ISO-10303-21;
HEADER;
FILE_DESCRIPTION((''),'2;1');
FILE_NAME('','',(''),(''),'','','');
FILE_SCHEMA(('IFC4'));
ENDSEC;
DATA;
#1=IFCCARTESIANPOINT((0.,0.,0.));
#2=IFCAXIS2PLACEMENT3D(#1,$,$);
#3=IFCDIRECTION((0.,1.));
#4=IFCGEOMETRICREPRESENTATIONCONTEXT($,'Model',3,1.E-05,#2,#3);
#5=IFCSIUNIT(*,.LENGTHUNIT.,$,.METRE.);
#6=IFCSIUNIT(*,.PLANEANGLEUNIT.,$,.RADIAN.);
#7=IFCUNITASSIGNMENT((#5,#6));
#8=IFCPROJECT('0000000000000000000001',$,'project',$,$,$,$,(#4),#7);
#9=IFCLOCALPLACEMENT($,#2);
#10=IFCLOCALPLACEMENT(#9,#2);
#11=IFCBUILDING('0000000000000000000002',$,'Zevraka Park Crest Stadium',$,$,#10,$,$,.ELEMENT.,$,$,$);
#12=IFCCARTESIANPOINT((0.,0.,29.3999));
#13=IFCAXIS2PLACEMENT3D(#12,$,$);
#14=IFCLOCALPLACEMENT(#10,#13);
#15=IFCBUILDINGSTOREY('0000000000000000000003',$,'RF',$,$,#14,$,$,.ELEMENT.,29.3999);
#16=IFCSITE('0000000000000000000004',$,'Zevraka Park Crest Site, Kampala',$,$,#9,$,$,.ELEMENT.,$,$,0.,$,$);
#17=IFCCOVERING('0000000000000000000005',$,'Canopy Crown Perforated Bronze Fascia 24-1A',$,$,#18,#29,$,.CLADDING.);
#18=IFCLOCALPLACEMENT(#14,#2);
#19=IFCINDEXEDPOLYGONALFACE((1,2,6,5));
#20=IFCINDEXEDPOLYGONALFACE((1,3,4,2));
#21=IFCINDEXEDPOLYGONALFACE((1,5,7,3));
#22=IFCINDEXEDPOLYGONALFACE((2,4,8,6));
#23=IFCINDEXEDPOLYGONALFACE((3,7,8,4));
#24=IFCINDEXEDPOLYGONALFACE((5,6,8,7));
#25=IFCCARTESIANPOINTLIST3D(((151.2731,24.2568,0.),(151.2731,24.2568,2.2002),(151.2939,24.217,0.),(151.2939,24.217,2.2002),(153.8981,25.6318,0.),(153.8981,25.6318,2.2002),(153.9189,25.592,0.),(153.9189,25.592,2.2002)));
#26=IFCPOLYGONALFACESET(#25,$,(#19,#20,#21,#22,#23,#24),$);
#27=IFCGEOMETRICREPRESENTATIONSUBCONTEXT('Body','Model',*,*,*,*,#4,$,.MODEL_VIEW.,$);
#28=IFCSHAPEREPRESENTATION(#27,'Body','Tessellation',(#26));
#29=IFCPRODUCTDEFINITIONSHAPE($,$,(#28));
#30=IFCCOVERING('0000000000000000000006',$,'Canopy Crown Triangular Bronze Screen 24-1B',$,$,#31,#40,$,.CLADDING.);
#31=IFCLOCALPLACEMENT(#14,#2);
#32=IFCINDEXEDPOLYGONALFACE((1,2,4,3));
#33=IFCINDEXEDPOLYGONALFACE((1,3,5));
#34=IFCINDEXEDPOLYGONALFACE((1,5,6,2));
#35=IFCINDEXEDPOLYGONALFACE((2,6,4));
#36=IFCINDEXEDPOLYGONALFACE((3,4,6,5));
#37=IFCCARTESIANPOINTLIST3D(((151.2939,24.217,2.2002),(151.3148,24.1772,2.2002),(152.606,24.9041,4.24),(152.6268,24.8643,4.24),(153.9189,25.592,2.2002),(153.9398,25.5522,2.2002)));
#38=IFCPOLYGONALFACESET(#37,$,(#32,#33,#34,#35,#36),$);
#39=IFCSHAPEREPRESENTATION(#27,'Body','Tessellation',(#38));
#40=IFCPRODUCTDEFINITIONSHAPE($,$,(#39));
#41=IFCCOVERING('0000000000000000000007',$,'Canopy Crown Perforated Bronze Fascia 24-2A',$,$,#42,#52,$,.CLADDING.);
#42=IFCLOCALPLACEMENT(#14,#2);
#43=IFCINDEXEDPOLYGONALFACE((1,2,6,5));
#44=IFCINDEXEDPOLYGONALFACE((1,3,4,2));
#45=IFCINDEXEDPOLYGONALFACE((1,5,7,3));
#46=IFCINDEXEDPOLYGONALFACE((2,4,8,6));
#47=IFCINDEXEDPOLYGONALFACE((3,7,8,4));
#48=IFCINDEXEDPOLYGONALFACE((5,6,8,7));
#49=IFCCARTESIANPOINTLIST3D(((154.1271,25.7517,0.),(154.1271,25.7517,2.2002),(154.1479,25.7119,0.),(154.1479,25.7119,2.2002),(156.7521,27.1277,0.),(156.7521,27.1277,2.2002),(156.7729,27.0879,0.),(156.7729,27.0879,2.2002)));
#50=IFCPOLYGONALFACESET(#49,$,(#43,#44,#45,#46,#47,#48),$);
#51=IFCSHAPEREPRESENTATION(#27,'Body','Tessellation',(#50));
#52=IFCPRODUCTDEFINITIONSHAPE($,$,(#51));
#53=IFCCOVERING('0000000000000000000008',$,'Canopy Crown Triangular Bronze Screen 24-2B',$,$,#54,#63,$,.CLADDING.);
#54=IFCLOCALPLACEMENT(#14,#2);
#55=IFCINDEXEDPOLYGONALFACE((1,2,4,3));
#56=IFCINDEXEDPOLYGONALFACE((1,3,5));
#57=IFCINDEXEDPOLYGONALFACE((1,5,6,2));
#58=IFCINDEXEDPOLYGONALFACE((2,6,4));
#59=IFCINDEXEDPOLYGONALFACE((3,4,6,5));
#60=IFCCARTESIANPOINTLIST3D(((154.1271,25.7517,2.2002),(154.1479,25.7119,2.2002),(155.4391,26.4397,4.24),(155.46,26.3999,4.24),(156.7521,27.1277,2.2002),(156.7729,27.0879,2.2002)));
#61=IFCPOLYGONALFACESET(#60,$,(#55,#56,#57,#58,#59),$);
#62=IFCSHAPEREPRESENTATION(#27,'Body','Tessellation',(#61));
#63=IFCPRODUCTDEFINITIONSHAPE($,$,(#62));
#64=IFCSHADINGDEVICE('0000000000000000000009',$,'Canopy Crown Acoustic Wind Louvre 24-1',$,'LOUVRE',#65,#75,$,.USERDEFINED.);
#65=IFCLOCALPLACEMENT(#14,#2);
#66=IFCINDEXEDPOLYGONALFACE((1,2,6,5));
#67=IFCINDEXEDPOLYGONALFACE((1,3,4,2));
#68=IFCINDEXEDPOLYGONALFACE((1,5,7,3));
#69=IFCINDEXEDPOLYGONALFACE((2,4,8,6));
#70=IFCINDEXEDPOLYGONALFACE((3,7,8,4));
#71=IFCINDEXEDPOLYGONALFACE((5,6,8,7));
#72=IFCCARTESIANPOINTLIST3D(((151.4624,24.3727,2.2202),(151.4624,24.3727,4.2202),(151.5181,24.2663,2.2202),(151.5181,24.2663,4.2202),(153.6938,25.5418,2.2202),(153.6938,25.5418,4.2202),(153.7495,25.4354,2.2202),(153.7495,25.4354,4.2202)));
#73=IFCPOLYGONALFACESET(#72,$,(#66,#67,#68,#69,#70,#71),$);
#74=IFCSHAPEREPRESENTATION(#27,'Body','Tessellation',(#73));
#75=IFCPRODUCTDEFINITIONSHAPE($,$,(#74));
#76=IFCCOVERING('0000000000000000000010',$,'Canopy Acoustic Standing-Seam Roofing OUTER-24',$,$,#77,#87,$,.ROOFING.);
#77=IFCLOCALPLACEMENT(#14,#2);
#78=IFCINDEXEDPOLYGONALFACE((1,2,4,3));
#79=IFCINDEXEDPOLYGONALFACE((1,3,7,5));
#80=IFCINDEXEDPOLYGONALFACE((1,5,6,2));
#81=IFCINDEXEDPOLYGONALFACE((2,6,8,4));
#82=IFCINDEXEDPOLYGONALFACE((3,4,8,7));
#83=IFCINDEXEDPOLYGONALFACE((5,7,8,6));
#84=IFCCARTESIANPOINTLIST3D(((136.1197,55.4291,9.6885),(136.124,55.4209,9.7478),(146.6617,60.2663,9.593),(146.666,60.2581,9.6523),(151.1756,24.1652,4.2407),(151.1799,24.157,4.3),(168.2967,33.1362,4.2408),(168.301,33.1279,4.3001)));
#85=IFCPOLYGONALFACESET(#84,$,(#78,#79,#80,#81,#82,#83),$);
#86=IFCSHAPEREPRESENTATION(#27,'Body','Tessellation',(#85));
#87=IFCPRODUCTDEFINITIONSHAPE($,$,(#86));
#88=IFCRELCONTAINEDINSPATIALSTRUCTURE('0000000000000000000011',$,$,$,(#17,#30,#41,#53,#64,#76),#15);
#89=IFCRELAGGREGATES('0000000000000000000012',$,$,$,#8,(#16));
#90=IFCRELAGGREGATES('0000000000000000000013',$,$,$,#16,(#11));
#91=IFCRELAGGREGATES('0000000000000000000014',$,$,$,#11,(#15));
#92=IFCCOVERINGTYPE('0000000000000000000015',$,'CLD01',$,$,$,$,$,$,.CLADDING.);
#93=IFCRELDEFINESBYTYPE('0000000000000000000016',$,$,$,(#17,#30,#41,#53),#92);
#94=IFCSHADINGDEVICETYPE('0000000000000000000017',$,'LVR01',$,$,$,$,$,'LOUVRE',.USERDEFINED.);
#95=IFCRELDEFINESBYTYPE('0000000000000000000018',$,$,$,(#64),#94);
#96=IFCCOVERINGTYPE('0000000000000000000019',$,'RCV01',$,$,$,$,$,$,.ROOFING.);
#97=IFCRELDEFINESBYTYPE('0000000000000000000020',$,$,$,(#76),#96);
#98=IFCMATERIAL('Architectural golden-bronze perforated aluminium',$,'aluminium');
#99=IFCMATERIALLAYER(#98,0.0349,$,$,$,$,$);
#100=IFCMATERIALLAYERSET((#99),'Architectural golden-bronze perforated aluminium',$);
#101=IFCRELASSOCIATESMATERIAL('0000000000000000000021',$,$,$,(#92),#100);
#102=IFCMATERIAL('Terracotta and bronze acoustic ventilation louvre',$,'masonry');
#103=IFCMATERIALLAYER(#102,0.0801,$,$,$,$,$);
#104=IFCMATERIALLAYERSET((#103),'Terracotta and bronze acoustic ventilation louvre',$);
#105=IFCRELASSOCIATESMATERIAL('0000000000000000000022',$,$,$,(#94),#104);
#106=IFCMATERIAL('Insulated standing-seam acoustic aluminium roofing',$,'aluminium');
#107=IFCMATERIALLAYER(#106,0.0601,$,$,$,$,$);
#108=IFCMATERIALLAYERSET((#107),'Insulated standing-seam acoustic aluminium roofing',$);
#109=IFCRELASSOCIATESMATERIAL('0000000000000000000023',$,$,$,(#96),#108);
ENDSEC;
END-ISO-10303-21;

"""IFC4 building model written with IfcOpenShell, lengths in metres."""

from ifc_helpers import new_model, si_unit, direction, frame, origin, origin_2d, place, context, subcontext, project, spatial, polyline, rectangle, outline, extrude, material, layer, layer_set, type_object, element, save


model = new_model("IFC4")

# Units and contexts
model_context = context("Model", 3, precision=1e-05, world=origin(), true_north=direction((0.0, 1.0)))
body_context = subcontext(model_context, "Body", "Model", "MODEL_VIEW")
ifc_project = project(units=[si_unit("LENGTHUNIT", "METRE"), si_unit("PLANEANGLEUNIT", "RADIAN")], contexts=[model_context])

# Site, building, storey
site_placement = place(None, origin())
site = spatial("IfcSite", under=ifc_project, at=site_placement, Name="Zevraka Park Crest Site, Kampala", CompositionType="ELEMENT", RefElevation=0.0)
building_placement = place(site_placement, origin())
building = spatial("IfcBuilding", under=site, at=building_placement, Name="Zevraka Park Crest Stadium", CompositionType="ELEMENT")
storey_placement = place(building_placement, frame((0.0, 0.0, 29.3999)))
storey = spatial("IfcBuildingStorey", under=building, at=storey_placement, Name="RF", CompositionType="ELEMENT", Elevation=29.3999)

# Coverings
ifc_material_1 = material(Name="Architectural golden-bronze perforated aluminium", Category="aluminium")
ifc_layer_1 = layer(ifc_material_1, 0.0349)
ifc_layer_set_1 = layer_set([ifc_layer_1], Name="Architectural golden-bronze perforated aluminium")
covering_type_1 = type_object("IfcCoveringType", Name="CLD01", PredefinedType="CLADDING", material=ifc_layer_set_1)
covering_1_placement = place(storey_placement, frame((151.2939, 24.217, 0.0), z_axis=(0.464007, -0.885832, 0.0), x_axis=(0.885832, 0.464007, 0.0)))
element("IfcCovering", 1, at=covering_1_placement, inside=storey, type_object=covering_type_1, Name="Canopy Crown Perforated Bronze Fascia 24-1A", PredefinedType="CLADDING", context=body_context, shape_type="SweptSolid", body=[
    extrude(outline(polyline([(0.0, 0.0), (2.9633, 0.0), (2.9633, 2.2002), (0.0, 2.2002), (0.0, 0.0)])), origin(), (0.0, 0.0, -1.0), 0.0449),
])
covering_2_placement = place(storey_placement, frame((151.2939, 24.217, 2.2002), z_axis=(-0.464007, 0.885832, 0.000101), x_axis=(0.885832, 0.464007, 0.0)))
element("IfcCovering", 2, at=covering_2_placement, inside=storey, type_object=covering_type_1, Name="Canopy Crown Triangular Bronze Screen 24-1B", PredefinedType="CLADDING", context=body_context, shape_type="SweptSolid", body=[
    extrude(outline(polyline([(0.0, 0.0), (2.9633, 0.0), (1.481, -2.0398), (0.0, 0.0)])), origin(), (0.0, 0.0, -1.0), 0.0449),
])
covering_3_placement = place(storey_placement, frame((154.1479, 25.7119, 0.0), z_axis=(0.464266, -0.885696, 0.0), x_axis=(0.885696, 0.464266, 0.0)))
element("IfcCovering", 3, at=covering_3_placement, inside=storey, type_object=covering_type_1, Name="Canopy Crown Perforated Bronze Fascia 24-2A", PredefinedType="CLADDING", context=body_context, shape_type="SweptSolid", body=[
    extrude(outline(polyline([(0.0, 0.0), (2.9638, 0.0), (2.9638, 2.2002), (0.0, 2.2002), (0.0, 0.0)])), origin(), (0.0, 0.0, -1.0), 0.0449),
])
covering_4_placement = place(storey_placement, frame((154.1479, 25.7119, 2.2002), z_axis=(0.464266, -0.885696, 0.000111), x_axis=(0.885696, 0.464266, 0.0)))
element("IfcCovering", 4, at=covering_4_placement, inside=storey, type_object=covering_type_1, Name="Canopy Crown Triangular Bronze Screen 24-2B", PredefinedType="CLADDING", context=body_context, shape_type="SweptSolid", body=[
    extrude(outline(polyline([(0.0, 0.0), (2.9638, 0.0), (1.4815, 2.0398), (0.0, 0.0)])), origin(), (0.0, 0.0, -1.0), 0.0449),
])

# Shading device
ifc_material_2 = material(Name="Terracotta and bronze acoustic ventilation louvre", Category="masonry")
ifc_layer_2 = layer(ifc_material_2, 0.0801)
ifc_layer_set_2 = layer_set([ifc_layer_2], Name="Terracotta and bronze acoustic ventilation louvre")
shading_device_type = type_object("IfcShadingDeviceType", Name="LVR01", ElementType="LOUVRE", PredefinedType="USERDEFINED", material=ifc_layer_set_2)
shading_device_placement = place(storey_placement, frame((152.606, 24.9041, 2.2202), z_axis=(0.0, 0.0, 1.0), x_axis=(0.885799, 0.464069, 0.0)))
element("IfcShadingDevice", 5, at=shading_device_placement, inside=storey, type_object=shading_device_type, Name="Canopy Crown Acoustic Wind Louvre 24-1", ObjectType="LOUVRE", PredefinedType="USERDEFINED", context=body_context, shape_type="SweptSolid", body=[
    extrude(rectangle(XDim=2.519, YDim=0.1201, at=origin_2d()), origin(), (0.0, 0.0, 1.0), 2.0),
])

# Covering
ifc_material_3 = material(Name="Insulated standing-seam acoustic aluminium roofing", Category="aluminium")
ifc_layer_3 = layer(ifc_material_3, 0.0601)
ifc_layer_set_3 = layer_set([ifc_layer_3], Name="Insulated standing-seam acoustic aluminium roofing")
covering_type_2 = type_object("IfcCoveringType", Name="RCV01", PredefinedType="ROOFING", material=ifc_layer_set_3)
covering_5_placement = place(storey_placement, frame((151.1799, 24.157, 4.3), z_axis=(0.072021, -0.137457, 0.987886), x_axis=(0.885773, 0.464119, 0.000002)))
element("IfcCovering", 6, at=covering_5_placement, inside=storey, type_object=covering_type_2, Name="Canopy Acoustic Standing-Seam Roofing OUTER-24", PredefinedType="ROOFING", context=body_context, shape_type="SweptSolid", body=[
    extrude(outline(polyline([(0.0, 0.0), (19.329, 0.0), (12.7569, 34.4902), (1.1741, 35.1057), (0.0, 0.0)])), origin(), (0.0, 0.0, -1.0), 0.0601),
])

save(model, "model.ifc")
